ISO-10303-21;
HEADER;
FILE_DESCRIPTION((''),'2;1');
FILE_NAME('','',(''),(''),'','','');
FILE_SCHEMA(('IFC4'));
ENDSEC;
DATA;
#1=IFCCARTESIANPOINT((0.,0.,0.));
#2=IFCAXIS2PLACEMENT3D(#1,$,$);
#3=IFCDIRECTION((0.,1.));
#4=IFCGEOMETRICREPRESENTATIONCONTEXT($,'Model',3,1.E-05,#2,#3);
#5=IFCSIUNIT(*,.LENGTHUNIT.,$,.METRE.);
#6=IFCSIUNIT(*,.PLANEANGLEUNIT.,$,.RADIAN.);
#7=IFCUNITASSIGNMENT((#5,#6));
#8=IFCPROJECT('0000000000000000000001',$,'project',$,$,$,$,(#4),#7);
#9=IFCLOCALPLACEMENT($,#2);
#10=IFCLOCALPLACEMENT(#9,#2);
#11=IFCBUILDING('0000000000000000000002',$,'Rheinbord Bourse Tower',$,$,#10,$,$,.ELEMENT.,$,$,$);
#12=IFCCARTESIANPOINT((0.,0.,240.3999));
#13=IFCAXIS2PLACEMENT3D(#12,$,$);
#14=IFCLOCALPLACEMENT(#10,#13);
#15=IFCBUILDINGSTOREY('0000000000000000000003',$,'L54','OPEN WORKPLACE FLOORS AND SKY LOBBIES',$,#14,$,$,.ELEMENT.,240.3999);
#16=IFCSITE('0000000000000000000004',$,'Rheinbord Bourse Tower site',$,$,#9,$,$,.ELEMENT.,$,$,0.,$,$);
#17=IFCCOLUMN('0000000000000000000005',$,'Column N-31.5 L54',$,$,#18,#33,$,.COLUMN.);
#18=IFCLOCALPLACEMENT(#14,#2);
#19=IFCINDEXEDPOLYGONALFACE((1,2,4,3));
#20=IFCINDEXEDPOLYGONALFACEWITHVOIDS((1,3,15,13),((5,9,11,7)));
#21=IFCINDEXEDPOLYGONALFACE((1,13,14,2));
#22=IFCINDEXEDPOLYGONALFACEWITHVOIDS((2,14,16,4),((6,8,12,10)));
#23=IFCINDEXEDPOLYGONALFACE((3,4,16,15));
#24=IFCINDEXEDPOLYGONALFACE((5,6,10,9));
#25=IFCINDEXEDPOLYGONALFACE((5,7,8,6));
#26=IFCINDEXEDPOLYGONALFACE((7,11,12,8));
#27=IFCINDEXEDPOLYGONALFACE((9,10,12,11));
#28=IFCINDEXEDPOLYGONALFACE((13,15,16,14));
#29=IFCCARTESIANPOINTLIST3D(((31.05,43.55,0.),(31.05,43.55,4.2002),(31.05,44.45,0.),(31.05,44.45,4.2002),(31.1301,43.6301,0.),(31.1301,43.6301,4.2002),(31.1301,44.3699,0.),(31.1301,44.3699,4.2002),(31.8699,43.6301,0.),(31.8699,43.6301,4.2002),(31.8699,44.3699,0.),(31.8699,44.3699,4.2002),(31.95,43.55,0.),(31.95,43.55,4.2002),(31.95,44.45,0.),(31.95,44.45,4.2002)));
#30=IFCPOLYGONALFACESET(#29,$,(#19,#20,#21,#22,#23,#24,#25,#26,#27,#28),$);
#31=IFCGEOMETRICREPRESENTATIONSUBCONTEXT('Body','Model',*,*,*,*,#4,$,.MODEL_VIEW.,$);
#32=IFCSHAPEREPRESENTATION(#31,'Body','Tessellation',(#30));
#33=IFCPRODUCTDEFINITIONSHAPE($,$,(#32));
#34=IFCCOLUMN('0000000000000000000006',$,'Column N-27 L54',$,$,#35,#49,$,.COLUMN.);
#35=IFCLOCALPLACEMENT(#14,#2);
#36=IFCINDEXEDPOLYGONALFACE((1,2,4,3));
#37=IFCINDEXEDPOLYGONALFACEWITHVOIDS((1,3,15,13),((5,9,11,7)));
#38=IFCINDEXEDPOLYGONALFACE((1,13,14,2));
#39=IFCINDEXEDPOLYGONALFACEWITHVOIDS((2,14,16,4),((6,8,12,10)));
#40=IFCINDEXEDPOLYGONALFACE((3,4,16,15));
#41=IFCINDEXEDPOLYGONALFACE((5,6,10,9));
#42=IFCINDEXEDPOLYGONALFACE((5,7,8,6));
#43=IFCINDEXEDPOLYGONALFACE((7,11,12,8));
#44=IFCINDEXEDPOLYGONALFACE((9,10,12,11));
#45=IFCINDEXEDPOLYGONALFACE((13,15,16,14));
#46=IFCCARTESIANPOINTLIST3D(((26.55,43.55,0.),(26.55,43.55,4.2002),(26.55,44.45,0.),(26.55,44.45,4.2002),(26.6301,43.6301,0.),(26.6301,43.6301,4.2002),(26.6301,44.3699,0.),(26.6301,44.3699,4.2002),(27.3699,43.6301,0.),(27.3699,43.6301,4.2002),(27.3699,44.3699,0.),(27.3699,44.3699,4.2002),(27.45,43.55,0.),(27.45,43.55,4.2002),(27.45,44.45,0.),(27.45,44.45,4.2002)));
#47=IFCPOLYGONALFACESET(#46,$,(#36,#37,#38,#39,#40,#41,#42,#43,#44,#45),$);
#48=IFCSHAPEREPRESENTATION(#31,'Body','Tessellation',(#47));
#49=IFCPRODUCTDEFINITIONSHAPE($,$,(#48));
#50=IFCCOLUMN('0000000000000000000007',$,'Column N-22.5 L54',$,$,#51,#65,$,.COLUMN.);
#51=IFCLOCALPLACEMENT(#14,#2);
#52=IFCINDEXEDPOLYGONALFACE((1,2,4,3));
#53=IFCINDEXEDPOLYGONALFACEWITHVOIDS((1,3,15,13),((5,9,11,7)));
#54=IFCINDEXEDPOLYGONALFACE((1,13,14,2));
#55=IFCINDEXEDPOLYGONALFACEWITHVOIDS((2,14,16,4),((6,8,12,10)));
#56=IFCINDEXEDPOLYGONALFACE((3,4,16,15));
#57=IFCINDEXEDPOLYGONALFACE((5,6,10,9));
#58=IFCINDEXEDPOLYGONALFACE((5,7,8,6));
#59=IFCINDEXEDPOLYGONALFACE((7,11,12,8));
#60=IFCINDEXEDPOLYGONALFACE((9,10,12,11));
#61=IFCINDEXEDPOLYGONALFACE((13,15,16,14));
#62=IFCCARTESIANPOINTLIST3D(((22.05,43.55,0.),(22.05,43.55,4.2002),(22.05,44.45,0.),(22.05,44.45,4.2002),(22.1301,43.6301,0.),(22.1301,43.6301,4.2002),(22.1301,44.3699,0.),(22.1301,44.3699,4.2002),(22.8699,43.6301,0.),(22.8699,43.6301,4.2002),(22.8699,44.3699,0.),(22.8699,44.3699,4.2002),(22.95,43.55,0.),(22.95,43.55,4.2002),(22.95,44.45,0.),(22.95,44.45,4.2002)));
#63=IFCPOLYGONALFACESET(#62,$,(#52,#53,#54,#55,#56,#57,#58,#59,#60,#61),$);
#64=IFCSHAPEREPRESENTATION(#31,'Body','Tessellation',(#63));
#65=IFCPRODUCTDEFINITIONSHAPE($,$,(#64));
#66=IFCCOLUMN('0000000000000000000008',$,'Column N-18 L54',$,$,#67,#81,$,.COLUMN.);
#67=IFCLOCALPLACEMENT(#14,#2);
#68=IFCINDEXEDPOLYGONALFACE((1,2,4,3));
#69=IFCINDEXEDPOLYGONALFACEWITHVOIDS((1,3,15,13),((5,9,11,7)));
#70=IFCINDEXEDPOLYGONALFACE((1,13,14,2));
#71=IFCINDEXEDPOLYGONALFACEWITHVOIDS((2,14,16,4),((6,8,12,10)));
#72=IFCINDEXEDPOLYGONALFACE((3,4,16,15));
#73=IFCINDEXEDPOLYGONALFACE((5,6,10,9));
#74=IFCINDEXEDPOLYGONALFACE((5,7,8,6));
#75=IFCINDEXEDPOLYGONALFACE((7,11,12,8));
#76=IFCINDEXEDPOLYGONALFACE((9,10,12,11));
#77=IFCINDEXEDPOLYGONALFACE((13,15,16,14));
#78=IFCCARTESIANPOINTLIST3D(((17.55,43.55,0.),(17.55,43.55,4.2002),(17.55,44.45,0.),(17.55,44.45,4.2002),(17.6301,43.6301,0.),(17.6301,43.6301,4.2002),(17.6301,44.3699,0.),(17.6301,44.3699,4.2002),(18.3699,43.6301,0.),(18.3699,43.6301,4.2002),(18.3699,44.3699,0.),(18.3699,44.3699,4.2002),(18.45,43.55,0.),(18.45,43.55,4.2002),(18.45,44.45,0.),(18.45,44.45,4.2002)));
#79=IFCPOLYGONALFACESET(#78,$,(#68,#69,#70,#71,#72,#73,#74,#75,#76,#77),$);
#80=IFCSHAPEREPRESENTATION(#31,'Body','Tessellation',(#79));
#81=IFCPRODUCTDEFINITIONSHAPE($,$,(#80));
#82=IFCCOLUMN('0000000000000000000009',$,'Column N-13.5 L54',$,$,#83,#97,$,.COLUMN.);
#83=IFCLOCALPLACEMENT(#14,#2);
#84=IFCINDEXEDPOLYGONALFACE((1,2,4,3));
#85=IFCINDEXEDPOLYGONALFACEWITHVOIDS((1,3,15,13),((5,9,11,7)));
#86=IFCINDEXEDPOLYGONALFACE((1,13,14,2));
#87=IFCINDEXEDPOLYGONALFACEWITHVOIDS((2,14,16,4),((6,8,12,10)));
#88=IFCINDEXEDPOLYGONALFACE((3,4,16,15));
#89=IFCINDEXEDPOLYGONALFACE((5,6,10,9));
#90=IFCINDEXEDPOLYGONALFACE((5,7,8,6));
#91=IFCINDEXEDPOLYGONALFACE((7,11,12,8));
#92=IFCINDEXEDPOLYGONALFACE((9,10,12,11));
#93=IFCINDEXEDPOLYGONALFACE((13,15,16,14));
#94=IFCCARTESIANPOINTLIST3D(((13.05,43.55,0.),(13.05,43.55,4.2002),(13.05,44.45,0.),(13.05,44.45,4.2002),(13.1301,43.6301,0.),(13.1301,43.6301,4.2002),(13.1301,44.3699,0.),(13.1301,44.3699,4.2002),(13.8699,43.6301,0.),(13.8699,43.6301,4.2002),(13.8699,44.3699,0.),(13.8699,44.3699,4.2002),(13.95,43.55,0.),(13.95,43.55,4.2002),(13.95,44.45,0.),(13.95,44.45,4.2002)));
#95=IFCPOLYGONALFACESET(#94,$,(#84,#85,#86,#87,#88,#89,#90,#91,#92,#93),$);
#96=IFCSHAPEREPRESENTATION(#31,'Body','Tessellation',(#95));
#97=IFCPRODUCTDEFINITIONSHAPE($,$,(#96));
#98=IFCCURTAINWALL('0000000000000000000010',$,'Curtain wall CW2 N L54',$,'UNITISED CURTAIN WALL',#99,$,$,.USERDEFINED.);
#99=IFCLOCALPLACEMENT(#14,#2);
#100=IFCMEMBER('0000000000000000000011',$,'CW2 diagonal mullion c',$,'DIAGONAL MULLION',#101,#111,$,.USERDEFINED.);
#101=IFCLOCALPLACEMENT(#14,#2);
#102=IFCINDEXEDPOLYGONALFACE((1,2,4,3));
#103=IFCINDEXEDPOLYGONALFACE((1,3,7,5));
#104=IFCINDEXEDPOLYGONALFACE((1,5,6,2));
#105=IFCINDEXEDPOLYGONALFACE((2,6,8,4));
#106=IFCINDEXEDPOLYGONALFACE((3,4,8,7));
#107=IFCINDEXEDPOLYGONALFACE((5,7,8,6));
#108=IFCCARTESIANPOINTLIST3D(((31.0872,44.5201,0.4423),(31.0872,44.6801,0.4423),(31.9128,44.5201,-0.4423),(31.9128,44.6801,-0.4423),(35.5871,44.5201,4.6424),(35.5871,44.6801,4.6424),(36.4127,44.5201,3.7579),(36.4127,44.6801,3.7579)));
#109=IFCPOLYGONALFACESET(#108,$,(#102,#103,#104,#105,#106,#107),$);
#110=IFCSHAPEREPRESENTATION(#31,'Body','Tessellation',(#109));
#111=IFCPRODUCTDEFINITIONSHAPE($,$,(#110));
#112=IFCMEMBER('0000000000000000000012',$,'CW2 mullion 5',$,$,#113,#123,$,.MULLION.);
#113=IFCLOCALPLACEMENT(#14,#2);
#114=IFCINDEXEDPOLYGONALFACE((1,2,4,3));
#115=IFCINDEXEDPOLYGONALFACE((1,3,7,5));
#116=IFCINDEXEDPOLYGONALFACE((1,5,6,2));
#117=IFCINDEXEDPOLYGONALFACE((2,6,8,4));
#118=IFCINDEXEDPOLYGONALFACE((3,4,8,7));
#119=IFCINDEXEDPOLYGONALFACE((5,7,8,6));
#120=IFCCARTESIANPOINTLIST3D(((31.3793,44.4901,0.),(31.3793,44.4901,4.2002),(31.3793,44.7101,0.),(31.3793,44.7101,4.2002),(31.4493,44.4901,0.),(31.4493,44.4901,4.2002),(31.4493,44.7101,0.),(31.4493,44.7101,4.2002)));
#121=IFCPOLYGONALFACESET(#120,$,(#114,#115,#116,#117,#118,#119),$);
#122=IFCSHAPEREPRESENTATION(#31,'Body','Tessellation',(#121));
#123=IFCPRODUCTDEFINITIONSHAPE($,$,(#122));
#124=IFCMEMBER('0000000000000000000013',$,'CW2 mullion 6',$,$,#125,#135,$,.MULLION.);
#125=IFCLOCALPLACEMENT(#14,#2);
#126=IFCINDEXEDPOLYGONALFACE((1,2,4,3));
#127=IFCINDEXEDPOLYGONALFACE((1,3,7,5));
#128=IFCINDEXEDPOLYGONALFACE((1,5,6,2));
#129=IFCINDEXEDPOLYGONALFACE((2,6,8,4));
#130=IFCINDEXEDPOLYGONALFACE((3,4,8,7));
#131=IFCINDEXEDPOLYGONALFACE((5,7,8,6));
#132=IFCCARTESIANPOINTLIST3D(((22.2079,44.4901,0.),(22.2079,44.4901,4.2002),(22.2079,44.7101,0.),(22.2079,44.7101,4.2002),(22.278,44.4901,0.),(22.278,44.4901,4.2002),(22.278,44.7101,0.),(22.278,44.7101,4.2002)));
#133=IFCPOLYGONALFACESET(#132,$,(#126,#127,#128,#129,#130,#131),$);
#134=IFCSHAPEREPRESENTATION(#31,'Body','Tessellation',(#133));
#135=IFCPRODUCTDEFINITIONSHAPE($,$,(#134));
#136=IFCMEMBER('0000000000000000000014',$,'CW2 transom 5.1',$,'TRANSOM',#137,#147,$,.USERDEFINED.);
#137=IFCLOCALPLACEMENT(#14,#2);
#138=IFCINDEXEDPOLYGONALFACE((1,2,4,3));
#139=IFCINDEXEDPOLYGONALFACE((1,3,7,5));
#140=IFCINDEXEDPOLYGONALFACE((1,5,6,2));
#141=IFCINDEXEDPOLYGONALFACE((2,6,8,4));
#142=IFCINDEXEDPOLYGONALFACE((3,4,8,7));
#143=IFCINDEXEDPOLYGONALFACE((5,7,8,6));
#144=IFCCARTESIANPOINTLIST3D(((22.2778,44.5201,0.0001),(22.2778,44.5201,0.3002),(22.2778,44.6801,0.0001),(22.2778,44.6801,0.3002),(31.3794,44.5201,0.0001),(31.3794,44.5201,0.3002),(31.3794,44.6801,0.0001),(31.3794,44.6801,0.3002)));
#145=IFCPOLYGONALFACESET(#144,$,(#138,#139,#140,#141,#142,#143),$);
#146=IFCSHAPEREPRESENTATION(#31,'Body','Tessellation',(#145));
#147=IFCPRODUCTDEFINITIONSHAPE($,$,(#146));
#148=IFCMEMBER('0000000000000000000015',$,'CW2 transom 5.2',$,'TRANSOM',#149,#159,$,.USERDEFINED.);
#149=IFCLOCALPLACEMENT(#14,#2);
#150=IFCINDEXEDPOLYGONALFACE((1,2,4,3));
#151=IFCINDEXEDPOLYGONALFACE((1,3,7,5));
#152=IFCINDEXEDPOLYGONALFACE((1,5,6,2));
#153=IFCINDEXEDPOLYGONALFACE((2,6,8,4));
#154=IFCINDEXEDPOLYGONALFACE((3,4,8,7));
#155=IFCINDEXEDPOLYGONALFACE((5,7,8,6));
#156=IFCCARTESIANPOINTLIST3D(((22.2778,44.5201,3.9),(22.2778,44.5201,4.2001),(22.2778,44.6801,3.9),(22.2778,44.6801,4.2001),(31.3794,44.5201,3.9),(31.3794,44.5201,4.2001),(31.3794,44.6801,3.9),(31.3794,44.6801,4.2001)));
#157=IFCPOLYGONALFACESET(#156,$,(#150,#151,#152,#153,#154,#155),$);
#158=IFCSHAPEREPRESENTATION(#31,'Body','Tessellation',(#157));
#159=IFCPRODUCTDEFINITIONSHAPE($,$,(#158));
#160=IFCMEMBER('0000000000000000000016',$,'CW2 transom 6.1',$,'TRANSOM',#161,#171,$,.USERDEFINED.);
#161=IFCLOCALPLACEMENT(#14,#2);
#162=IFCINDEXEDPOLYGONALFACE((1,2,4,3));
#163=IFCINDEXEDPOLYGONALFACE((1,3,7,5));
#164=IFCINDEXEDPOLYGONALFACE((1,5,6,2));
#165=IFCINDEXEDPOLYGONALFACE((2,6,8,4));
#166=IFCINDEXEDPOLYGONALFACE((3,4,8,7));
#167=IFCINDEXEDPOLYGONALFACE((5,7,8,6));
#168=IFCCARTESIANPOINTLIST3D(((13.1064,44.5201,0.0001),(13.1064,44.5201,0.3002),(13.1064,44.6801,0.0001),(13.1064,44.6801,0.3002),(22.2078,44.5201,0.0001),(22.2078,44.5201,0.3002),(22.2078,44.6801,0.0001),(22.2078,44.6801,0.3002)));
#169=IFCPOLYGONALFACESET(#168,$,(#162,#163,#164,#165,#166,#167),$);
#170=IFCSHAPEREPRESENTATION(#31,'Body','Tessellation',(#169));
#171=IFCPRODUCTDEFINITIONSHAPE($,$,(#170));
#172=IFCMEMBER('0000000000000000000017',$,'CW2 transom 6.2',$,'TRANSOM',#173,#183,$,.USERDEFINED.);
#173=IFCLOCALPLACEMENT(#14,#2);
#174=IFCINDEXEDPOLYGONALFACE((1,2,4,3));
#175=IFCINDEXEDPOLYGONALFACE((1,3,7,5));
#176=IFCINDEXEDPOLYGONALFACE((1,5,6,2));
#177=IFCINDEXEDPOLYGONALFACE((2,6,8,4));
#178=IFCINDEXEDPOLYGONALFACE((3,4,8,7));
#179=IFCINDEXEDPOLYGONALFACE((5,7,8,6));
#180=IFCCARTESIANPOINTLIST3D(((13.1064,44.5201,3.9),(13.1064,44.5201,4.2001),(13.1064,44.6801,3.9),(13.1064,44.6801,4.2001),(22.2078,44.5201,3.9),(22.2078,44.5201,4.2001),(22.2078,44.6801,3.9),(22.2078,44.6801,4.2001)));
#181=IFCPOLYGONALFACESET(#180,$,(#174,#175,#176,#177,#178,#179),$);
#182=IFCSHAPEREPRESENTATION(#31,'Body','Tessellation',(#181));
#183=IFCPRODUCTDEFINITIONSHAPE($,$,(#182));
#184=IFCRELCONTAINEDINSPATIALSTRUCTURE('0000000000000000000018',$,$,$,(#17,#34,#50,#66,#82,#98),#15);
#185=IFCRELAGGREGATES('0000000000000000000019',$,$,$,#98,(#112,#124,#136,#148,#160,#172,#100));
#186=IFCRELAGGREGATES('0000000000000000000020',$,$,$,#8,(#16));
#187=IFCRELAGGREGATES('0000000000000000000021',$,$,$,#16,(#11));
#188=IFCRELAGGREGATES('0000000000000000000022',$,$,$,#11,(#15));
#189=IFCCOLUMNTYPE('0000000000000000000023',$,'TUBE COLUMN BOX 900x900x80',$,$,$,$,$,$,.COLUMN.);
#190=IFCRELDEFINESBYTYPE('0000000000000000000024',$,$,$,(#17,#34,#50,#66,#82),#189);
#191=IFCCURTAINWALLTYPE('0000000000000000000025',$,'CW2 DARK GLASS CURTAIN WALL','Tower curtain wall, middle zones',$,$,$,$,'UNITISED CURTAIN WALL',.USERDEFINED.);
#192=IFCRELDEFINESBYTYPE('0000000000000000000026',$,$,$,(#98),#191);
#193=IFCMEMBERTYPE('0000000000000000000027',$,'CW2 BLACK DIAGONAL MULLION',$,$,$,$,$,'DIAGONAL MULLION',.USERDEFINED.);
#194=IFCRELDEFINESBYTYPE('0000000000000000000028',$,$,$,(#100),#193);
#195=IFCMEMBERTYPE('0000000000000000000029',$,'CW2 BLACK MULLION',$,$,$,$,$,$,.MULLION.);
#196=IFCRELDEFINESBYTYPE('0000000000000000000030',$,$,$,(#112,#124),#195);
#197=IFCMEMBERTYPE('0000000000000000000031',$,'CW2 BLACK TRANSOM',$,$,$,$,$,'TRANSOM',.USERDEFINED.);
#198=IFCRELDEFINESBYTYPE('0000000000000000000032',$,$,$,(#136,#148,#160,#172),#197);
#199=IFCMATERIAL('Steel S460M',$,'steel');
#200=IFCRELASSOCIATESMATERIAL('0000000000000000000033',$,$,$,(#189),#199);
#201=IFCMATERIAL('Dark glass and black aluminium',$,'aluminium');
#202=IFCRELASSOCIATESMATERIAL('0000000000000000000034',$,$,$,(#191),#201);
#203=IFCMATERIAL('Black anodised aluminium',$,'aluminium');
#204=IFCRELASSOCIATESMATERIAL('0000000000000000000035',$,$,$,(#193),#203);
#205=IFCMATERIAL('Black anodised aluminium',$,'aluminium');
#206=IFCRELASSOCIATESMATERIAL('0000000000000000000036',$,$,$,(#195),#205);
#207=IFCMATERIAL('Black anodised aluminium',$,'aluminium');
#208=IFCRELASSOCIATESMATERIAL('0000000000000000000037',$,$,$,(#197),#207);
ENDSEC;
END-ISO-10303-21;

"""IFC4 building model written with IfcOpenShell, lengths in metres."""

from ifc_helpers import new_model, si_unit, direction, frame, origin, origin_2d, place, context, subcontext, project, spatial, rectangle, hollow_rectangle, extrude, material, material_profile, profile_set, type_object, element, aggregate, save


model = new_model("IFC4")

# Units and contexts
model_context = context("Model", 3, precision=1e-05, world=origin(), true_north=direction((0.0, 1.0)))
body_context = subcontext(model_context, "Body", "Model", "MODEL_VIEW")
ifc_project = project(units=[si_unit("LENGTHUNIT", "METRE"), si_unit("PLANEANGLEUNIT", "RADIAN")], contexts=[model_context])

# Site, building, storey
site_placement = place(None, origin())
site = spatial("IfcSite", under=ifc_project, at=site_placement, Name="Rheinbord Bourse Tower site", CompositionType="ELEMENT", RefElevation=0.0)
building_placement = place(site_placement, origin())
building = spatial("IfcBuilding", under=site, at=building_placement, Name="Rheinbord Bourse Tower", CompositionType="ELEMENT")
storey_placement = place(building_placement, frame((0.0, 0.0, 240.3999)))
storey = spatial("IfcBuildingStorey", under=building, at=storey_placement, Name="L54", Description="OPEN WORKPLACE FLOORS AND SKY LOBBIES", CompositionType="ELEMENT", Elevation=240.3999)

# Columns
ifc_material_1 = material(Name="Steel S460M", Category="steel")
ifc_material_profile_1 = material_profile(ifc_material_1, hollow_rectangle(XDim=0.8999, YDim=0.8999, WallThickness=0.0801, at=origin_2d()), Name="BOX 900x900x80")
ifc_profile_set_1 = profile_set([ifc_material_profile_1], Name="Steel S460M")
column_type = type_object("IfcColumnType", Name="TUBE COLUMN BOX 900x900x80", PredefinedType="COLUMN", material=ifc_profile_set_1)
for number, where, z_axis, x_axis, name in (
    (1, (31.5, 44.0, 0.0), (0.0, 0.0, 1.0), (0.0, 1.0, 0.0), "Column N-31.5 L54"),
    (2, (27.0, 44.0, 0.0), (0.0, 0.0, 1.0), (0.0, 1.0, 0.0), "Column N-27 L54"),
    (3, (22.5, 44.0, 0.0), (0.0, 0.0, 1.0), (0.0, 1.0, 0.0), "Column N-22.5 L54"),
    (4, (18.0, 44.0, 0.0), (0.0, 0.0, 1.0), (0.0, 1.0, 0.0), "Column N-18 L54"),
    (5, (13.5, 44.0, 0.0), (0.0, 0.0, 1.0), (0.0, 1.0, 0.0), "Column N-13.5 L54"),
):
    element("IfcColumn", number, at=place(storey_placement, frame(where, z_axis=z_axis, x_axis=x_axis)), inside=storey, type_object=column_type, Name=name, PredefinedType="COLUMN", context=body_context, shape_type="SweptSolid", body=[
        extrude(hollow_rectangle(XDim=0.8999, YDim=0.8999, WallThickness=0.0801, at=origin_2d()), origin(), (0.0, 0.0, 1.0), 4.2002),
    ])

# Curtain wall, members
ifc_material_2 = material(Name="Dark glass and black aluminium", Category="aluminium")
curtain_wall_type = type_object("IfcCurtainWallType", Name="CW2 DARK GLASS CURTAIN WALL", Description="Tower curtain wall, middle zones", ElementType="UNITISED CURTAIN WALL", PredefinedType="USERDEFINED", material=ifc_material_2)
curtain_wall_placement = place(storey_placement, origin())
curtain_wall = element("IfcCurtainWall", 6, at=curtain_wall_placement, inside=storey, type_object=curtain_wall_type, Name="Curtain wall CW2 N L54", ObjectType="UNITISED CURTAIN WALL", PredefinedType="USERDEFINED")
ifc_material_3 = material(Name="Black anodised aluminium", Category="aluminium")
ifc_material_profile_2 = material_profile(ifc_material_3, rectangle(XDim=0.1599, YDim=1.21, at=origin_2d()), Name="CW2 DIAGONAL MULLION 1210x160")
ifc_profile_set_2 = profile_set([ifc_material_profile_2], Name="Black anodised aluminium")
member_type_1 = type_object("IfcMemberType", Name="CW2 BLACK DIAGONAL MULLION", ElementType="DIAGONAL MULLION", PredefinedType="USERDEFINED", material=ifc_profile_set_2)
member_1_placement = place(storey_placement, frame((31.5, 44.6001, 0.0), z_axis=(0.731039, 0.0, 0.682335), x_axis=(0.0, 1.0, 0.0)))
member_1 = element("IfcMember", 7, at=member_1_placement, type_object=member_type_1, Name="CW2 diagonal mullion c", ObjectType="DIAGONAL MULLION", PredefinedType="USERDEFINED", context=body_context, shape_type="SweptSolid", body=[
    extrude(rectangle(XDim=0.1599, YDim=1.21, at=origin_2d()), origin(), (0.0, 0.0, 1.0), 6.1555),
])
ifc_material_4 = material(Name="Black anodised aluminium", Category="aluminium")
ifc_material_profile_3 = material_profile(ifc_material_4, rectangle(XDim=0.22, YDim=0.0701, at=origin_2d()), Name="CW2 MULLION 70x220")
ifc_profile_set_3 = profile_set([ifc_material_profile_3], Name="Black anodised aluminium")
member_type_2 = type_object("IfcMemberType", Name="CW2 BLACK MULLION", PredefinedType="MULLION", material=ifc_profile_set_3)
member_2_placement = place(storey_placement, frame((31.4143, 44.6001, 0.0), z_axis=(0.0, 0.0, 1.0), x_axis=(0.0, -1.0, 0.0)))
member_2 = element("IfcMember", 8, at=member_2_placement, type_object=member_type_2, Name="CW2 mullion 5", PredefinedType="MULLION", context=body_context, shape_type="SweptSolid", body=[
    extrude(rectangle(XDim=0.22, YDim=0.0701, at=origin_2d()), origin(), (0.0, 0.0, 1.0), 4.2002),
])
member_3_placement = place(storey_placement, frame((22.2429, 44.6001, 0.0), z_axis=(0.0, 0.0, 1.0), x_axis=(0.0, -1.0, 0.0)))
member_3 = element("IfcMember", 9, at=member_3_placement, type_object=member_type_2, Name="CW2 mullion 6", PredefinedType="MULLION", context=body_context, shape_type="SweptSolid", body=[
    extrude(rectangle(XDim=0.22, YDim=0.0701, at=origin_2d()), origin(), (0.0, 0.0, 1.0), 4.2002),
])
ifc_material_5 = material(Name="Black anodised aluminium", Category="aluminium")
ifc_material_profile_4 = material_profile(ifc_material_5, rectangle(XDim=0.1599, YDim=0.3, at=origin_2d()), Name="CW2 TRANSOM 300x160")
ifc_profile_set_4 = profile_set([ifc_material_profile_4], Name="Black anodised aluminium")
member_type_3 = type_object("IfcMemberType", Name="CW2 BLACK TRANSOM", ElementType="TRANSOM", PredefinedType="USERDEFINED", material=ifc_profile_set_4)
member_4_placement = place(storey_placement, frame((31.3794, 44.6001, 0.1501), z_axis=(-1.0, 0.0, 0.0), x_axis=(0.0, -1.0, 0.0)))
member_4 = element("IfcMember", 10, at=member_4_placement, type_object=member_type_3, Name="CW2 transom 5.1", ObjectType="TRANSOM", PredefinedType="USERDEFINED", context=body_context, shape_type="SweptSolid", body=[
    extrude(rectangle(XDim=0.1599, YDim=0.3, at=origin_2d()), origin(), (0.0, 0.0, 1.0), 9.1016),
])
member_5_placement = place(storey_placement, frame((31.3794, 44.6001, 4.05), z_axis=(-1.0, 0.0, 0.0), x_axis=(0.0, -1.0, 0.0)))
member_5 = element("IfcMember", 11, at=member_5_placement, type_object=member_type_3, Name="CW2 transom 5.2", ObjectType="TRANSOM", PredefinedType="USERDEFINED", context=body_context, shape_type="SweptSolid", body=[
    extrude(rectangle(XDim=0.1599, YDim=0.3, at=origin_2d()), origin(), (0.0, 0.0, 1.0), 9.1016),
])
member_6_placement = place(storey_placement, frame((22.2078, 44.6001, 0.1501), z_axis=(-1.0, 0.0, 0.0), x_axis=(0.0, -1.0, 0.0)))
member_6 = element("IfcMember", 12, at=member_6_placement, type_object=member_type_3, Name="CW2 transom 6.1", ObjectType="TRANSOM", PredefinedType="USERDEFINED", context=body_context, shape_type="SweptSolid", body=[
    extrude(rectangle(XDim=0.1599, YDim=0.3, at=origin_2d()), origin(), (0.0, 0.0, 1.0), 9.1013),
])
member_7_placement = place(storey_placement, frame((22.2078, 44.6001, 4.05), z_axis=(-1.0, 0.0, 0.0), x_axis=(0.0, -1.0, 0.0)))
member_7 = element("IfcMember", 13, at=member_7_placement, type_object=member_type_3, Name="CW2 transom 6.2", ObjectType="TRANSOM", PredefinedType="USERDEFINED", context=body_context, shape_type="SweptSolid", body=[
    extrude(rectangle(XDim=0.1599, YDim=0.3, at=origin_2d()), origin(), (0.0, 0.0, 1.0), 9.1013),
])

aggregate(curtain_wall, [member_2, member_3, member_4, member_5, member_6, member_7, member_1])

save(model, "model.ifc")
